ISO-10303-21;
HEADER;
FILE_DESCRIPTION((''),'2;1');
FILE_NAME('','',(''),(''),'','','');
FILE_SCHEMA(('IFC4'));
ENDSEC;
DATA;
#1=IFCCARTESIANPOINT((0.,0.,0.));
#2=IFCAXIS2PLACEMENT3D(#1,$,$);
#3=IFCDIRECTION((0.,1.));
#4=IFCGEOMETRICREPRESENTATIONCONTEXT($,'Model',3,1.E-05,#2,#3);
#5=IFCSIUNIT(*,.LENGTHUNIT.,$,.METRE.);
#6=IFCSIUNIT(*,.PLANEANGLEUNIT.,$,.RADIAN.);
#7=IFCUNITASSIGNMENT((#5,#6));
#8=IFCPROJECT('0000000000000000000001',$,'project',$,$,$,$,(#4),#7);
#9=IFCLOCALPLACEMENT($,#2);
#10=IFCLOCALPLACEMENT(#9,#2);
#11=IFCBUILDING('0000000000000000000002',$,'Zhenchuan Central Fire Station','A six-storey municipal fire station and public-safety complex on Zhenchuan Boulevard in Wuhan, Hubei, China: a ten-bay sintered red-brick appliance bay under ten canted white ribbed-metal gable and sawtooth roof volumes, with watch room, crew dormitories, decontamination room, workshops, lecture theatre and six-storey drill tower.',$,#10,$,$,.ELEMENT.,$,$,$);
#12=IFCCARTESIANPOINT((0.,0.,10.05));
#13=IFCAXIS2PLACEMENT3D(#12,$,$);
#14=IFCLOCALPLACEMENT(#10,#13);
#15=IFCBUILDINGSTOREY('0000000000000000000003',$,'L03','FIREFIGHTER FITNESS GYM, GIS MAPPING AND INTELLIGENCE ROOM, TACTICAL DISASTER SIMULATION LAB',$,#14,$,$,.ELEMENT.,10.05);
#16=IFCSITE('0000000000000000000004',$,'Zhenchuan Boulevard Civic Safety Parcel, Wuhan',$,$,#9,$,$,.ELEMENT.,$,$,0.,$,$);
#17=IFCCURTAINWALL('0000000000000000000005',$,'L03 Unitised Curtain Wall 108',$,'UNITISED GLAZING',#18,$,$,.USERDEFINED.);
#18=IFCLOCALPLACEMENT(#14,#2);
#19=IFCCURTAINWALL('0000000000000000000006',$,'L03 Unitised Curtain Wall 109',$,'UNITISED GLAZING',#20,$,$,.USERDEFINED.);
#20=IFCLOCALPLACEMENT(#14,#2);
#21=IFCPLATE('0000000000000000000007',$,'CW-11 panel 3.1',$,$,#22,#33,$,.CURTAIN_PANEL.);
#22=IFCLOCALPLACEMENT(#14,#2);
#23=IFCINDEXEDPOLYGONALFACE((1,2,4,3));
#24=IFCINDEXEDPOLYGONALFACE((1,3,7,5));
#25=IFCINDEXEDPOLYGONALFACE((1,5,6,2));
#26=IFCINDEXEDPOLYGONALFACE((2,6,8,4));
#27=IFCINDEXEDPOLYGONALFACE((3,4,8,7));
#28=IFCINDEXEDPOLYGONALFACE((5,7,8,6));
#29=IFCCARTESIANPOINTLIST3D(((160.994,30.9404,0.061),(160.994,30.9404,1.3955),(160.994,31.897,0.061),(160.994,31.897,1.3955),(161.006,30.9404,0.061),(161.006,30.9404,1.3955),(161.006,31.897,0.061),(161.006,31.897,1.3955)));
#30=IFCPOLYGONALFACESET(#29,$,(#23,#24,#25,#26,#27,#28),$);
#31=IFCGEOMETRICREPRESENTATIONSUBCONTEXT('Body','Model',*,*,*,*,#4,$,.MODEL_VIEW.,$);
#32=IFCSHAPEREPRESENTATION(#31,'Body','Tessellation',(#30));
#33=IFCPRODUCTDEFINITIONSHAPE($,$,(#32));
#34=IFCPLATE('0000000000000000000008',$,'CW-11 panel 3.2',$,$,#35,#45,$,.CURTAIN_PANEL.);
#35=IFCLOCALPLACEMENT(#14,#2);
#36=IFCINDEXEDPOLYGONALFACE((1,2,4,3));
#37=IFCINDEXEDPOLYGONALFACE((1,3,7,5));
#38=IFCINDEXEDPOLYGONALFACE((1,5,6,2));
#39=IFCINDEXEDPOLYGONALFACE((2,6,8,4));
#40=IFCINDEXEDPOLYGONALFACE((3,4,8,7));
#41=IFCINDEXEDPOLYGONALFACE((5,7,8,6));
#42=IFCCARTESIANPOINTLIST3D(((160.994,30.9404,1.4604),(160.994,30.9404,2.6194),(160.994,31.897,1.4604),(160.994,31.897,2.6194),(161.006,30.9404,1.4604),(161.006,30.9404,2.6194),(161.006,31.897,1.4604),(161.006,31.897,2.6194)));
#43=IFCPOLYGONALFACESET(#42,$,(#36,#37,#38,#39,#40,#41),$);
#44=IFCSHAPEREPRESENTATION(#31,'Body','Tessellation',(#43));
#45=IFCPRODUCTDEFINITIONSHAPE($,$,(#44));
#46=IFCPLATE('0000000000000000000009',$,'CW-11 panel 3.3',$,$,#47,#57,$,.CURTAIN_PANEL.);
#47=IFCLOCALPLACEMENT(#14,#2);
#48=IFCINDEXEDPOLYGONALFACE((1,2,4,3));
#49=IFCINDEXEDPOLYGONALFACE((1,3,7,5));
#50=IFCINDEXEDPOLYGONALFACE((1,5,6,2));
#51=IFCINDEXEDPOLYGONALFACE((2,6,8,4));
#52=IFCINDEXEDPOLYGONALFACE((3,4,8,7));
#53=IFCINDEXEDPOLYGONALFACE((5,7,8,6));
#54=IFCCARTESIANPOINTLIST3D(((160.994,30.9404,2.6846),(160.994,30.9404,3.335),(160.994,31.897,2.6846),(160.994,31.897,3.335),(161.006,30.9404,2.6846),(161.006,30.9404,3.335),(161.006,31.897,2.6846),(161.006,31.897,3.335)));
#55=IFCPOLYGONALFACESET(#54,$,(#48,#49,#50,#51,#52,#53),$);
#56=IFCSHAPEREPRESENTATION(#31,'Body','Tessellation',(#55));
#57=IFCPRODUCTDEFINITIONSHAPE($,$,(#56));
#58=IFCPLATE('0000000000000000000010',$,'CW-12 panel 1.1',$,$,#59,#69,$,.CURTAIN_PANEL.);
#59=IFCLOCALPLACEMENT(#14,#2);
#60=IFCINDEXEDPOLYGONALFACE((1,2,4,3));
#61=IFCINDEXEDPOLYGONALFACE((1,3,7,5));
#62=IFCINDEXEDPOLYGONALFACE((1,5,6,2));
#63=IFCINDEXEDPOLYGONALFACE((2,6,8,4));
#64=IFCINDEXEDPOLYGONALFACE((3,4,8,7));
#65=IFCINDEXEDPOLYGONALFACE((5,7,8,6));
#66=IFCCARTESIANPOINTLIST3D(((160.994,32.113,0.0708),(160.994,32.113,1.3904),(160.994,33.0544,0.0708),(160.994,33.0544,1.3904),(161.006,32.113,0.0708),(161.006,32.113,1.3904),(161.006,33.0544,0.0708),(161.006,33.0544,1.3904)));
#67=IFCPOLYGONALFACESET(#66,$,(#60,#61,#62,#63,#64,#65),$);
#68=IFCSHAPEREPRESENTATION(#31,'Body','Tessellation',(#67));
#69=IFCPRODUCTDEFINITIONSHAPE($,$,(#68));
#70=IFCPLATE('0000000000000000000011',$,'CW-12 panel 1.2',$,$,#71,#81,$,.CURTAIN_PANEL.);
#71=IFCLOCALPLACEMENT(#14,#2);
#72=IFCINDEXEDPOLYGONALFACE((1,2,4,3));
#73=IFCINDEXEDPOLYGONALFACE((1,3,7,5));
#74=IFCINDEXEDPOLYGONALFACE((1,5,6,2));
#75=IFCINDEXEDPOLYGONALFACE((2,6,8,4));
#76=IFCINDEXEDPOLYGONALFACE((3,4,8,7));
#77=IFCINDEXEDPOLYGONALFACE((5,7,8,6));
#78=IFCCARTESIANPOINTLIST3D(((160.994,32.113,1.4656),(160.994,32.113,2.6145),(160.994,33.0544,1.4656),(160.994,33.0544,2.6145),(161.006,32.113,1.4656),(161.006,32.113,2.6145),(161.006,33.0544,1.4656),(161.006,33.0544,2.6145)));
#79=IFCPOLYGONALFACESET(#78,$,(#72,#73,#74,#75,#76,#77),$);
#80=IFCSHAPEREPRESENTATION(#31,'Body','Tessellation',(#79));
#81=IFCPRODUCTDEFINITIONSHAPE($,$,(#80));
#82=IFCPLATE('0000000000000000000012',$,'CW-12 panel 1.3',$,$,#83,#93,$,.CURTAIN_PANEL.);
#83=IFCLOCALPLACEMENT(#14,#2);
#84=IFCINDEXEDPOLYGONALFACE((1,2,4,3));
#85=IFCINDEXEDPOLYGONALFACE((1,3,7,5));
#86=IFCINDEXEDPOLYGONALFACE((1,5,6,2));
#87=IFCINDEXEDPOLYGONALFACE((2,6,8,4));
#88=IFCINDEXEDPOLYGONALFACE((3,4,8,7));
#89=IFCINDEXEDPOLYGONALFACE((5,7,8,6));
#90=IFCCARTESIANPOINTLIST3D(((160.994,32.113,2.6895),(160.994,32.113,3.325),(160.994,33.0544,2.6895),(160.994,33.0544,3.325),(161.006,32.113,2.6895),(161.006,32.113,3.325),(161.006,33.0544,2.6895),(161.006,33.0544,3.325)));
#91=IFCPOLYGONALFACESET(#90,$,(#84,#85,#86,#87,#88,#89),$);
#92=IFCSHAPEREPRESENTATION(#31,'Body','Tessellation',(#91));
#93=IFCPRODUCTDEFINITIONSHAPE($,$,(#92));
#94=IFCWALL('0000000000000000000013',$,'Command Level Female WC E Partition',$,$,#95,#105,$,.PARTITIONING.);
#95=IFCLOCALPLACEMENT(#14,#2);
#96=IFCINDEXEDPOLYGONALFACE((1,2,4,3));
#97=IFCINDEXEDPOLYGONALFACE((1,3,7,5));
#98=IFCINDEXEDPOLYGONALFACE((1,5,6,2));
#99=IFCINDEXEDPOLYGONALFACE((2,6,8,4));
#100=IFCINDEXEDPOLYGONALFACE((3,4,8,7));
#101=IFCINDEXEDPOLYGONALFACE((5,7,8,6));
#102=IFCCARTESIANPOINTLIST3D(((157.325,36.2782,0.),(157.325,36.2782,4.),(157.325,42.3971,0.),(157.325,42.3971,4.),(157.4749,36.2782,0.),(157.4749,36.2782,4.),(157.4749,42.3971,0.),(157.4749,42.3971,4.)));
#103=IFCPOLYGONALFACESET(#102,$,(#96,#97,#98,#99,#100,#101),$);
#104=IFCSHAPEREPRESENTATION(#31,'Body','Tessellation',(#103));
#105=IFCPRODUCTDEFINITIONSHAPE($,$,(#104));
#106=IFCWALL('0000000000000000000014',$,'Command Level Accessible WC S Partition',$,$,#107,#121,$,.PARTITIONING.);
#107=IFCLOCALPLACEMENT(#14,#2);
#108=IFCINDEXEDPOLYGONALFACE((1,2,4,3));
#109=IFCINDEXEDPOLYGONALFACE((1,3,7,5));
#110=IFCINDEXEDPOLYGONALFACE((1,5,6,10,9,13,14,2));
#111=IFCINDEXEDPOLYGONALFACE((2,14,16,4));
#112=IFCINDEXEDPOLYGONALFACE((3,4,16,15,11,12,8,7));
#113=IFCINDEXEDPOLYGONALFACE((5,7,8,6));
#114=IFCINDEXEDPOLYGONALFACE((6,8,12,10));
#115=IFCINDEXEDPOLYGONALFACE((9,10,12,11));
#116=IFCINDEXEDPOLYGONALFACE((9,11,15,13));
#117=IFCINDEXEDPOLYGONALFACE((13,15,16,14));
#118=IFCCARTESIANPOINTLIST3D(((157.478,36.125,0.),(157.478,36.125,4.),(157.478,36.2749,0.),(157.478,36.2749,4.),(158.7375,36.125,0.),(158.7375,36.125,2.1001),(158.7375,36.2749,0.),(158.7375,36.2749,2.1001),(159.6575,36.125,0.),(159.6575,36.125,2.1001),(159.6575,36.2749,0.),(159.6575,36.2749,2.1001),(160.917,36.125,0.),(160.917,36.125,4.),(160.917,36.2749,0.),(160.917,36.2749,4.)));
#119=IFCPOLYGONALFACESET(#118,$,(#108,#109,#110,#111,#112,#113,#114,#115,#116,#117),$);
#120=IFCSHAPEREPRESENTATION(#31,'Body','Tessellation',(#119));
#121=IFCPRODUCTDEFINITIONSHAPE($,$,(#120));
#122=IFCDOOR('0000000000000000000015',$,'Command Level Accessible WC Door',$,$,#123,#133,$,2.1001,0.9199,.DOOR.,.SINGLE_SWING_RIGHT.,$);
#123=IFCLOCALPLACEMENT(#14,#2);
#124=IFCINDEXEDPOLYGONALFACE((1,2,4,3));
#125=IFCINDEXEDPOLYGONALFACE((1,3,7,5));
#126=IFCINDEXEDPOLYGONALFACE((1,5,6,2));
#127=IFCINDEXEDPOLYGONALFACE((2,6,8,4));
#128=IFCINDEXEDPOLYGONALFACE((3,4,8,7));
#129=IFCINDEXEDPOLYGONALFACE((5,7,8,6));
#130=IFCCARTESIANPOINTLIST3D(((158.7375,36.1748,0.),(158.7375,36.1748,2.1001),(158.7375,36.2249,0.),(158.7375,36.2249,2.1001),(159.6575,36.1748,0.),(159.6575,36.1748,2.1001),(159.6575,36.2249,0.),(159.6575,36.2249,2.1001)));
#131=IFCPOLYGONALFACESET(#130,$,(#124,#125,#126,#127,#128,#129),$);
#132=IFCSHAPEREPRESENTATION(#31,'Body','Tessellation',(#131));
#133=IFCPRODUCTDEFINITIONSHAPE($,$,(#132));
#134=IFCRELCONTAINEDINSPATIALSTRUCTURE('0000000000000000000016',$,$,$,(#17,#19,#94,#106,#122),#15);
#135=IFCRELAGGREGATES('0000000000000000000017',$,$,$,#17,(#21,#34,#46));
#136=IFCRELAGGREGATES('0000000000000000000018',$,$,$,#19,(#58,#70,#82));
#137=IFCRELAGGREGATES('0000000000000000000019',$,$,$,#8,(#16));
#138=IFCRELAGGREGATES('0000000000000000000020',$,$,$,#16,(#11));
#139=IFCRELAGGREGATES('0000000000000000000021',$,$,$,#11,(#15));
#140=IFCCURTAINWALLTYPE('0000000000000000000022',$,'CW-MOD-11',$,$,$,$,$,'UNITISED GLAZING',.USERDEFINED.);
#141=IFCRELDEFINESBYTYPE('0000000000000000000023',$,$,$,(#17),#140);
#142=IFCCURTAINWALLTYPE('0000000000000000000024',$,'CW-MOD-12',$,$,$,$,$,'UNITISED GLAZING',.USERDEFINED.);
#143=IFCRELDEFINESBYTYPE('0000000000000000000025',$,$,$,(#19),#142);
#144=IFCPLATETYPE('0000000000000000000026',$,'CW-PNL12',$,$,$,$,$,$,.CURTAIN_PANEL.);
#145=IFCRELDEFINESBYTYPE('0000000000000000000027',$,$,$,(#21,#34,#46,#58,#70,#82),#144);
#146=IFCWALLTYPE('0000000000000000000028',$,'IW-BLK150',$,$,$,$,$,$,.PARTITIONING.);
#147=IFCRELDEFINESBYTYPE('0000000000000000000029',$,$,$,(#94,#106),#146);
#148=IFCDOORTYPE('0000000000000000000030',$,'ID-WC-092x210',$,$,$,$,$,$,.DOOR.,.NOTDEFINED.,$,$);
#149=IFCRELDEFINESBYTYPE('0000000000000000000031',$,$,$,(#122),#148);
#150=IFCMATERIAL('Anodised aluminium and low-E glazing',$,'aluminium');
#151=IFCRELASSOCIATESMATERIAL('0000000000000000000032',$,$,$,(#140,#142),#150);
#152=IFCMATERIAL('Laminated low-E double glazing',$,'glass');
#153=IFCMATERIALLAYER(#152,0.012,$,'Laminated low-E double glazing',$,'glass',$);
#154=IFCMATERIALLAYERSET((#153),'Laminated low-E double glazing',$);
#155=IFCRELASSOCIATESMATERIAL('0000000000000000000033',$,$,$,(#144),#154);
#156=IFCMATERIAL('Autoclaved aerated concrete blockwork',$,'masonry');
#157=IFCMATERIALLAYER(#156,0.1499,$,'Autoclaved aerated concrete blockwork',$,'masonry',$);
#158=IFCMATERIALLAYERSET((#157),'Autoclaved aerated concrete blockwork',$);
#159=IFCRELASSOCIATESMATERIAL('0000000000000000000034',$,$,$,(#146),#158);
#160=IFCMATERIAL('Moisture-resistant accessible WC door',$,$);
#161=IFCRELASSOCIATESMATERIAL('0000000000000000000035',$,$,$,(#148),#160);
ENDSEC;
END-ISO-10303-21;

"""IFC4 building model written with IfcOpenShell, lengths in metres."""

from ifc_helpers import new_model, si_unit, direction, frame, frame_2d, origin, origin_2d, place, context, subcontext, project, spatial, rectangle, extrude, material, layer, layer_set, type_object, element, fill, aggregate, save


model = new_model("IFC4")

# Units and contexts
model_context = context("Model", 3, precision=1e-05, world=origin(), true_north=direction((0.0, 1.0)))
body_context = subcontext(model_context, "Body", "Model", "MODEL_VIEW")
ifc_project = project(units=[si_unit("LENGTHUNIT", "METRE"), si_unit("PLANEANGLEUNIT", "RADIAN")], contexts=[model_context])

# Site, building, storey
site_placement = place(None, origin())
site = spatial("IfcSite", under=ifc_project, at=site_placement, Name="Zhenchuan Boulevard Civic Safety Parcel, Wuhan", CompositionType="ELEMENT", RefElevation=0.0)
building_placement = place(site_placement, origin())
building = spatial("IfcBuilding", under=site, at=building_placement, Name="Zhenchuan Central Fire Station", Description="A six-storey municipal fire station and public-safety complex on Zhenchuan Boulevard in Wuhan, Hubei, China: a ten-bay sintered red-brick appliance bay under ten canted white ribbed-metal gable and sawtooth roof volumes, with watch room, crew dormitories, decontamination room, workshops, lecture theatre and six-storey drill tower.", CompositionType="ELEMENT")
storey_placement = place(building_placement, frame((0.0, 0.0, 10.05)))
storey = spatial("IfcBuildingStorey", under=building, at=storey_placement, Name="L03", Description="FIREFIGHTER FITNESS GYM, GIS MAPPING AND INTELLIGENCE ROOM, TACTICAL DISASTER SIMULATION LAB", CompositionType="ELEMENT", Elevation=10.05)

# Curtain walls
ifc_material_1 = material(Name="Anodised aluminium and low-E glazing", Category="aluminium")
curtain_wall_type_1 = type_object("IfcCurtainWallType", Name="CW-MOD-11", ElementType="UNITISED GLAZING", PredefinedType="USERDEFINED", material=ifc_material_1)
curtain_wall_1_placement = place(storey_placement, origin())
curtain_wall_1 = element("IfcCurtainWall", 1, at=curtain_wall_1_placement, inside=storey, type_object=curtain_wall_type_1, Name="L03 Unitised Curtain Wall 108", ObjectType="UNITISED GLAZING", PredefinedType="USERDEFINED")
curtain_wall_type_2 = type_object("IfcCurtainWallType", Name="CW-MOD-12", ElementType="UNITISED GLAZING", PredefinedType="USERDEFINED", material=ifc_material_1)
curtain_wall_2_placement = place(storey_placement, origin())
curtain_wall_2 = element("IfcCurtainWall", 2, at=curtain_wall_2_placement, inside=storey, type_object=curtain_wall_type_2, Name="L03 Unitised Curtain Wall 109", ObjectType="UNITISED GLAZING", PredefinedType="USERDEFINED")

# Plates
ifc_material_2 = material(Name="Laminated low-E double glazing", Category="glass")
ifc_layer_1 = layer(ifc_material_2, 0.012, Name="Laminated low-E double glazing", Category="glass")
ifc_layer_set_1 = layer_set([ifc_layer_1], Name="Laminated low-E double glazing")
plate_type = type_object("IfcPlateType", Name="CW-PNL12", PredefinedType="CURTAIN_PANEL", material=ifc_layer_set_1)
plate_1_placement = place(storey_placement, frame((161.0, 31.4187, 0.061), z_axis=(0.0, 0.0, 1.0), x_axis=(0.0, 1.0, 0.0)))
plate_1 = element("IfcPlate", 3, at=plate_1_placement, type_object=plate_type, Name="CW-11 panel 3.1", PredefinedType="CURTAIN_PANEL", context=body_context, shape_type="SweptSolid", body=[
    extrude(rectangle(XDim=0.9565, YDim=0.012, at=origin_2d()), origin(), (0.0, 0.0, 1.0), 1.3345),
])
plate_2_placement = place(storey_placement, frame((161.0, 31.4187, 1.4604), z_axis=(0.0, 0.0, 1.0), x_axis=(0.0, 1.0, 0.0)))
plate_2 = element("IfcPlate", 4, at=plate_2_placement, type_object=plate_type, Name="CW-11 panel 3.2", PredefinedType="CURTAIN_PANEL", context=body_context, shape_type="SweptSolid", body=[
    extrude(rectangle(XDim=0.9565, YDim=0.012, at=origin_2d()), origin(), (0.0, 0.0, 1.0), 1.1589),
])
plate_3_placement = place(storey_placement, frame((161.0, 31.4187, 2.6846), z_axis=(0.0, 0.0, 1.0), x_axis=(0.0, 1.0, 0.0)))
plate_3 = element("IfcPlate", 5, at=plate_3_placement, type_object=plate_type, Name="CW-11 panel 3.3", PredefinedType="CURTAIN_PANEL", context=body_context, shape_type="SweptSolid", body=[
    extrude(rectangle(XDim=0.9565, YDim=0.012, at=origin_2d()), origin(), (0.0, 0.0, 1.0), 0.6504),
])
aggregate(curtain_wall_1, [plate_1, plate_2, plate_3])
plate_4_placement = place(storey_placement, frame((161.0, 32.5837, 0.0708), z_axis=(0.0, 0.0, 1.0), x_axis=(0.0, 1.0, 0.0)))
plate_4 = element("IfcPlate", 6, at=plate_4_placement, type_object=plate_type, Name="CW-12 panel 1.1", PredefinedType="CURTAIN_PANEL", context=body_context, shape_type="SweptSolid", body=[
    extrude(rectangle(XDim=0.9414, YDim=0.012, at=origin_2d()), origin(), (0.0, 0.0, 1.0), 1.3196),
])
plate_5_placement = place(storey_placement, frame((161.0, 32.5837, 1.4656), z_axis=(0.0, 0.0, 1.0), x_axis=(0.0, 1.0, 0.0)))
plate_5 = element("IfcPlate", 7, at=plate_5_placement, type_object=plate_type, Name="CW-12 panel 1.2", PredefinedType="CURTAIN_PANEL", context=body_context, shape_type="SweptSolid", body=[
    extrude(rectangle(XDim=0.9414, YDim=0.012, at=origin_2d()), origin(), (0.0, 0.0, 1.0), 1.1489),
])
plate_6_placement = place(storey_placement, frame((161.0, 32.5837, 2.6895), z_axis=(0.0, 0.0, 1.0), x_axis=(0.0, 1.0, 0.0)))
plate_6 = element("IfcPlate", 8, at=plate_6_placement, type_object=plate_type, Name="CW-12 panel 1.3", PredefinedType="CURTAIN_PANEL", context=body_context, shape_type="SweptSolid", body=[
    extrude(rectangle(XDim=0.9414, YDim=0.012, at=origin_2d()), origin(), (0.0, 0.0, 1.0), 0.6355),
])
aggregate(curtain_wall_2, [plate_4, plate_5, plate_6])

# Wall
ifc_material_3 = material(Name="Autoclaved aerated concrete blockwork", Category="masonry")
ifc_layer_2 = layer(ifc_material_3, 0.1499, Name="Autoclaved aerated concrete blockwork", Category="masonry")
ifc_layer_set_2 = layer_set([ifc_layer_2], Name="Autoclaved aerated concrete blockwork")
wall_type = type_object("IfcWallType", Name="IW-BLK150", PredefinedType="PARTITIONING", material=ifc_layer_set_2)
wall_1_placement = place(storey_placement, frame((157.3999, 36.2781, 0.0), z_axis=(0.0, 0.0, 1.0), x_axis=(0.0, 1.0, 0.0)))
element("IfcWall", 9, at=wall_1_placement, inside=storey, type_object=wall_type, Name="Command Level Female WC E Partition", PredefinedType="PARTITIONING", context=body_context, shape_type="SweptSolid", body=[
    extrude(rectangle(XDim=6.1189, YDim=0.1499, at=frame_2d((3.0596, 0.0))), origin(), (0.0, 0.0, 1.0), 4.0),
])

# Wall, opening, door
wall_2_placement = place(storey_placement, frame((157.478, 36.2, 0.0), z_axis=(0.0, 0.0, 1.0), x_axis=(1.0, 0.0, 0.0)))
wall_2 = element("IfcWall", 10, at=wall_2_placement, inside=storey, type_object=wall_type, Name="Command Level Accessible WC S Partition", PredefinedType="PARTITIONING", context=body_context, shape_type="SweptSolid", body=[
    extrude(rectangle(XDim=3.439, YDim=0.1499, at=frame_2d((1.7195, 0.0))), origin(), (0.0, 0.0, 1.0), 4.0),
])
opening_placement = place(wall_2_placement, frame((1.2595, 0.0, 0.0)))
opening = element("IfcOpeningElement", 11, at=opening_placement, cuts=wall_2, PredefinedType="OPENING", context=body_context, shape_type="SweptSolid", body=[
    extrude(rectangle(XDim=0.9199, YDim=2.1001, at=frame_2d((0.46, 1.05))), frame((0.0, 0.085, 0.0), z_axis=(0.0, -1.0, 0.0), x_axis=(1.0, 0.0, 0.0)), (0.0, 0.0, 1.0), 0.1699),
])
ifc_material_4 = material(Name="Moisture-resistant accessible WC door")
door_type = type_object("IfcDoorType", Name="ID-WC-092x210", OperationType="NOTDEFINED", PredefinedType="DOOR", material=ifc_material_4)
door_placement = place(opening_placement, origin())
door = element("IfcDoor", 12, at=door_placement, inside=storey, type_object=door_type, Name="Command Level Accessible WC Door", OperationType="SINGLE_SWING_RIGHT", OverallHeight=2.1001, OverallWidth=0.9199, PredefinedType="DOOR", context=body_context, shape_type="SweptSolid", body=[
    extrude(rectangle(XDim=0.9199, YDim=2.1001, at=frame_2d((0.46, 1.05))), frame((0.0, 0.0249, 0.0), z_axis=(0.0, -1.0, 0.0), x_axis=(1.0, 0.0, 0.0)), (0.0, 0.0, 1.0), 0.05),
])
fill(opening, door)

save(model, "model.ifc")
